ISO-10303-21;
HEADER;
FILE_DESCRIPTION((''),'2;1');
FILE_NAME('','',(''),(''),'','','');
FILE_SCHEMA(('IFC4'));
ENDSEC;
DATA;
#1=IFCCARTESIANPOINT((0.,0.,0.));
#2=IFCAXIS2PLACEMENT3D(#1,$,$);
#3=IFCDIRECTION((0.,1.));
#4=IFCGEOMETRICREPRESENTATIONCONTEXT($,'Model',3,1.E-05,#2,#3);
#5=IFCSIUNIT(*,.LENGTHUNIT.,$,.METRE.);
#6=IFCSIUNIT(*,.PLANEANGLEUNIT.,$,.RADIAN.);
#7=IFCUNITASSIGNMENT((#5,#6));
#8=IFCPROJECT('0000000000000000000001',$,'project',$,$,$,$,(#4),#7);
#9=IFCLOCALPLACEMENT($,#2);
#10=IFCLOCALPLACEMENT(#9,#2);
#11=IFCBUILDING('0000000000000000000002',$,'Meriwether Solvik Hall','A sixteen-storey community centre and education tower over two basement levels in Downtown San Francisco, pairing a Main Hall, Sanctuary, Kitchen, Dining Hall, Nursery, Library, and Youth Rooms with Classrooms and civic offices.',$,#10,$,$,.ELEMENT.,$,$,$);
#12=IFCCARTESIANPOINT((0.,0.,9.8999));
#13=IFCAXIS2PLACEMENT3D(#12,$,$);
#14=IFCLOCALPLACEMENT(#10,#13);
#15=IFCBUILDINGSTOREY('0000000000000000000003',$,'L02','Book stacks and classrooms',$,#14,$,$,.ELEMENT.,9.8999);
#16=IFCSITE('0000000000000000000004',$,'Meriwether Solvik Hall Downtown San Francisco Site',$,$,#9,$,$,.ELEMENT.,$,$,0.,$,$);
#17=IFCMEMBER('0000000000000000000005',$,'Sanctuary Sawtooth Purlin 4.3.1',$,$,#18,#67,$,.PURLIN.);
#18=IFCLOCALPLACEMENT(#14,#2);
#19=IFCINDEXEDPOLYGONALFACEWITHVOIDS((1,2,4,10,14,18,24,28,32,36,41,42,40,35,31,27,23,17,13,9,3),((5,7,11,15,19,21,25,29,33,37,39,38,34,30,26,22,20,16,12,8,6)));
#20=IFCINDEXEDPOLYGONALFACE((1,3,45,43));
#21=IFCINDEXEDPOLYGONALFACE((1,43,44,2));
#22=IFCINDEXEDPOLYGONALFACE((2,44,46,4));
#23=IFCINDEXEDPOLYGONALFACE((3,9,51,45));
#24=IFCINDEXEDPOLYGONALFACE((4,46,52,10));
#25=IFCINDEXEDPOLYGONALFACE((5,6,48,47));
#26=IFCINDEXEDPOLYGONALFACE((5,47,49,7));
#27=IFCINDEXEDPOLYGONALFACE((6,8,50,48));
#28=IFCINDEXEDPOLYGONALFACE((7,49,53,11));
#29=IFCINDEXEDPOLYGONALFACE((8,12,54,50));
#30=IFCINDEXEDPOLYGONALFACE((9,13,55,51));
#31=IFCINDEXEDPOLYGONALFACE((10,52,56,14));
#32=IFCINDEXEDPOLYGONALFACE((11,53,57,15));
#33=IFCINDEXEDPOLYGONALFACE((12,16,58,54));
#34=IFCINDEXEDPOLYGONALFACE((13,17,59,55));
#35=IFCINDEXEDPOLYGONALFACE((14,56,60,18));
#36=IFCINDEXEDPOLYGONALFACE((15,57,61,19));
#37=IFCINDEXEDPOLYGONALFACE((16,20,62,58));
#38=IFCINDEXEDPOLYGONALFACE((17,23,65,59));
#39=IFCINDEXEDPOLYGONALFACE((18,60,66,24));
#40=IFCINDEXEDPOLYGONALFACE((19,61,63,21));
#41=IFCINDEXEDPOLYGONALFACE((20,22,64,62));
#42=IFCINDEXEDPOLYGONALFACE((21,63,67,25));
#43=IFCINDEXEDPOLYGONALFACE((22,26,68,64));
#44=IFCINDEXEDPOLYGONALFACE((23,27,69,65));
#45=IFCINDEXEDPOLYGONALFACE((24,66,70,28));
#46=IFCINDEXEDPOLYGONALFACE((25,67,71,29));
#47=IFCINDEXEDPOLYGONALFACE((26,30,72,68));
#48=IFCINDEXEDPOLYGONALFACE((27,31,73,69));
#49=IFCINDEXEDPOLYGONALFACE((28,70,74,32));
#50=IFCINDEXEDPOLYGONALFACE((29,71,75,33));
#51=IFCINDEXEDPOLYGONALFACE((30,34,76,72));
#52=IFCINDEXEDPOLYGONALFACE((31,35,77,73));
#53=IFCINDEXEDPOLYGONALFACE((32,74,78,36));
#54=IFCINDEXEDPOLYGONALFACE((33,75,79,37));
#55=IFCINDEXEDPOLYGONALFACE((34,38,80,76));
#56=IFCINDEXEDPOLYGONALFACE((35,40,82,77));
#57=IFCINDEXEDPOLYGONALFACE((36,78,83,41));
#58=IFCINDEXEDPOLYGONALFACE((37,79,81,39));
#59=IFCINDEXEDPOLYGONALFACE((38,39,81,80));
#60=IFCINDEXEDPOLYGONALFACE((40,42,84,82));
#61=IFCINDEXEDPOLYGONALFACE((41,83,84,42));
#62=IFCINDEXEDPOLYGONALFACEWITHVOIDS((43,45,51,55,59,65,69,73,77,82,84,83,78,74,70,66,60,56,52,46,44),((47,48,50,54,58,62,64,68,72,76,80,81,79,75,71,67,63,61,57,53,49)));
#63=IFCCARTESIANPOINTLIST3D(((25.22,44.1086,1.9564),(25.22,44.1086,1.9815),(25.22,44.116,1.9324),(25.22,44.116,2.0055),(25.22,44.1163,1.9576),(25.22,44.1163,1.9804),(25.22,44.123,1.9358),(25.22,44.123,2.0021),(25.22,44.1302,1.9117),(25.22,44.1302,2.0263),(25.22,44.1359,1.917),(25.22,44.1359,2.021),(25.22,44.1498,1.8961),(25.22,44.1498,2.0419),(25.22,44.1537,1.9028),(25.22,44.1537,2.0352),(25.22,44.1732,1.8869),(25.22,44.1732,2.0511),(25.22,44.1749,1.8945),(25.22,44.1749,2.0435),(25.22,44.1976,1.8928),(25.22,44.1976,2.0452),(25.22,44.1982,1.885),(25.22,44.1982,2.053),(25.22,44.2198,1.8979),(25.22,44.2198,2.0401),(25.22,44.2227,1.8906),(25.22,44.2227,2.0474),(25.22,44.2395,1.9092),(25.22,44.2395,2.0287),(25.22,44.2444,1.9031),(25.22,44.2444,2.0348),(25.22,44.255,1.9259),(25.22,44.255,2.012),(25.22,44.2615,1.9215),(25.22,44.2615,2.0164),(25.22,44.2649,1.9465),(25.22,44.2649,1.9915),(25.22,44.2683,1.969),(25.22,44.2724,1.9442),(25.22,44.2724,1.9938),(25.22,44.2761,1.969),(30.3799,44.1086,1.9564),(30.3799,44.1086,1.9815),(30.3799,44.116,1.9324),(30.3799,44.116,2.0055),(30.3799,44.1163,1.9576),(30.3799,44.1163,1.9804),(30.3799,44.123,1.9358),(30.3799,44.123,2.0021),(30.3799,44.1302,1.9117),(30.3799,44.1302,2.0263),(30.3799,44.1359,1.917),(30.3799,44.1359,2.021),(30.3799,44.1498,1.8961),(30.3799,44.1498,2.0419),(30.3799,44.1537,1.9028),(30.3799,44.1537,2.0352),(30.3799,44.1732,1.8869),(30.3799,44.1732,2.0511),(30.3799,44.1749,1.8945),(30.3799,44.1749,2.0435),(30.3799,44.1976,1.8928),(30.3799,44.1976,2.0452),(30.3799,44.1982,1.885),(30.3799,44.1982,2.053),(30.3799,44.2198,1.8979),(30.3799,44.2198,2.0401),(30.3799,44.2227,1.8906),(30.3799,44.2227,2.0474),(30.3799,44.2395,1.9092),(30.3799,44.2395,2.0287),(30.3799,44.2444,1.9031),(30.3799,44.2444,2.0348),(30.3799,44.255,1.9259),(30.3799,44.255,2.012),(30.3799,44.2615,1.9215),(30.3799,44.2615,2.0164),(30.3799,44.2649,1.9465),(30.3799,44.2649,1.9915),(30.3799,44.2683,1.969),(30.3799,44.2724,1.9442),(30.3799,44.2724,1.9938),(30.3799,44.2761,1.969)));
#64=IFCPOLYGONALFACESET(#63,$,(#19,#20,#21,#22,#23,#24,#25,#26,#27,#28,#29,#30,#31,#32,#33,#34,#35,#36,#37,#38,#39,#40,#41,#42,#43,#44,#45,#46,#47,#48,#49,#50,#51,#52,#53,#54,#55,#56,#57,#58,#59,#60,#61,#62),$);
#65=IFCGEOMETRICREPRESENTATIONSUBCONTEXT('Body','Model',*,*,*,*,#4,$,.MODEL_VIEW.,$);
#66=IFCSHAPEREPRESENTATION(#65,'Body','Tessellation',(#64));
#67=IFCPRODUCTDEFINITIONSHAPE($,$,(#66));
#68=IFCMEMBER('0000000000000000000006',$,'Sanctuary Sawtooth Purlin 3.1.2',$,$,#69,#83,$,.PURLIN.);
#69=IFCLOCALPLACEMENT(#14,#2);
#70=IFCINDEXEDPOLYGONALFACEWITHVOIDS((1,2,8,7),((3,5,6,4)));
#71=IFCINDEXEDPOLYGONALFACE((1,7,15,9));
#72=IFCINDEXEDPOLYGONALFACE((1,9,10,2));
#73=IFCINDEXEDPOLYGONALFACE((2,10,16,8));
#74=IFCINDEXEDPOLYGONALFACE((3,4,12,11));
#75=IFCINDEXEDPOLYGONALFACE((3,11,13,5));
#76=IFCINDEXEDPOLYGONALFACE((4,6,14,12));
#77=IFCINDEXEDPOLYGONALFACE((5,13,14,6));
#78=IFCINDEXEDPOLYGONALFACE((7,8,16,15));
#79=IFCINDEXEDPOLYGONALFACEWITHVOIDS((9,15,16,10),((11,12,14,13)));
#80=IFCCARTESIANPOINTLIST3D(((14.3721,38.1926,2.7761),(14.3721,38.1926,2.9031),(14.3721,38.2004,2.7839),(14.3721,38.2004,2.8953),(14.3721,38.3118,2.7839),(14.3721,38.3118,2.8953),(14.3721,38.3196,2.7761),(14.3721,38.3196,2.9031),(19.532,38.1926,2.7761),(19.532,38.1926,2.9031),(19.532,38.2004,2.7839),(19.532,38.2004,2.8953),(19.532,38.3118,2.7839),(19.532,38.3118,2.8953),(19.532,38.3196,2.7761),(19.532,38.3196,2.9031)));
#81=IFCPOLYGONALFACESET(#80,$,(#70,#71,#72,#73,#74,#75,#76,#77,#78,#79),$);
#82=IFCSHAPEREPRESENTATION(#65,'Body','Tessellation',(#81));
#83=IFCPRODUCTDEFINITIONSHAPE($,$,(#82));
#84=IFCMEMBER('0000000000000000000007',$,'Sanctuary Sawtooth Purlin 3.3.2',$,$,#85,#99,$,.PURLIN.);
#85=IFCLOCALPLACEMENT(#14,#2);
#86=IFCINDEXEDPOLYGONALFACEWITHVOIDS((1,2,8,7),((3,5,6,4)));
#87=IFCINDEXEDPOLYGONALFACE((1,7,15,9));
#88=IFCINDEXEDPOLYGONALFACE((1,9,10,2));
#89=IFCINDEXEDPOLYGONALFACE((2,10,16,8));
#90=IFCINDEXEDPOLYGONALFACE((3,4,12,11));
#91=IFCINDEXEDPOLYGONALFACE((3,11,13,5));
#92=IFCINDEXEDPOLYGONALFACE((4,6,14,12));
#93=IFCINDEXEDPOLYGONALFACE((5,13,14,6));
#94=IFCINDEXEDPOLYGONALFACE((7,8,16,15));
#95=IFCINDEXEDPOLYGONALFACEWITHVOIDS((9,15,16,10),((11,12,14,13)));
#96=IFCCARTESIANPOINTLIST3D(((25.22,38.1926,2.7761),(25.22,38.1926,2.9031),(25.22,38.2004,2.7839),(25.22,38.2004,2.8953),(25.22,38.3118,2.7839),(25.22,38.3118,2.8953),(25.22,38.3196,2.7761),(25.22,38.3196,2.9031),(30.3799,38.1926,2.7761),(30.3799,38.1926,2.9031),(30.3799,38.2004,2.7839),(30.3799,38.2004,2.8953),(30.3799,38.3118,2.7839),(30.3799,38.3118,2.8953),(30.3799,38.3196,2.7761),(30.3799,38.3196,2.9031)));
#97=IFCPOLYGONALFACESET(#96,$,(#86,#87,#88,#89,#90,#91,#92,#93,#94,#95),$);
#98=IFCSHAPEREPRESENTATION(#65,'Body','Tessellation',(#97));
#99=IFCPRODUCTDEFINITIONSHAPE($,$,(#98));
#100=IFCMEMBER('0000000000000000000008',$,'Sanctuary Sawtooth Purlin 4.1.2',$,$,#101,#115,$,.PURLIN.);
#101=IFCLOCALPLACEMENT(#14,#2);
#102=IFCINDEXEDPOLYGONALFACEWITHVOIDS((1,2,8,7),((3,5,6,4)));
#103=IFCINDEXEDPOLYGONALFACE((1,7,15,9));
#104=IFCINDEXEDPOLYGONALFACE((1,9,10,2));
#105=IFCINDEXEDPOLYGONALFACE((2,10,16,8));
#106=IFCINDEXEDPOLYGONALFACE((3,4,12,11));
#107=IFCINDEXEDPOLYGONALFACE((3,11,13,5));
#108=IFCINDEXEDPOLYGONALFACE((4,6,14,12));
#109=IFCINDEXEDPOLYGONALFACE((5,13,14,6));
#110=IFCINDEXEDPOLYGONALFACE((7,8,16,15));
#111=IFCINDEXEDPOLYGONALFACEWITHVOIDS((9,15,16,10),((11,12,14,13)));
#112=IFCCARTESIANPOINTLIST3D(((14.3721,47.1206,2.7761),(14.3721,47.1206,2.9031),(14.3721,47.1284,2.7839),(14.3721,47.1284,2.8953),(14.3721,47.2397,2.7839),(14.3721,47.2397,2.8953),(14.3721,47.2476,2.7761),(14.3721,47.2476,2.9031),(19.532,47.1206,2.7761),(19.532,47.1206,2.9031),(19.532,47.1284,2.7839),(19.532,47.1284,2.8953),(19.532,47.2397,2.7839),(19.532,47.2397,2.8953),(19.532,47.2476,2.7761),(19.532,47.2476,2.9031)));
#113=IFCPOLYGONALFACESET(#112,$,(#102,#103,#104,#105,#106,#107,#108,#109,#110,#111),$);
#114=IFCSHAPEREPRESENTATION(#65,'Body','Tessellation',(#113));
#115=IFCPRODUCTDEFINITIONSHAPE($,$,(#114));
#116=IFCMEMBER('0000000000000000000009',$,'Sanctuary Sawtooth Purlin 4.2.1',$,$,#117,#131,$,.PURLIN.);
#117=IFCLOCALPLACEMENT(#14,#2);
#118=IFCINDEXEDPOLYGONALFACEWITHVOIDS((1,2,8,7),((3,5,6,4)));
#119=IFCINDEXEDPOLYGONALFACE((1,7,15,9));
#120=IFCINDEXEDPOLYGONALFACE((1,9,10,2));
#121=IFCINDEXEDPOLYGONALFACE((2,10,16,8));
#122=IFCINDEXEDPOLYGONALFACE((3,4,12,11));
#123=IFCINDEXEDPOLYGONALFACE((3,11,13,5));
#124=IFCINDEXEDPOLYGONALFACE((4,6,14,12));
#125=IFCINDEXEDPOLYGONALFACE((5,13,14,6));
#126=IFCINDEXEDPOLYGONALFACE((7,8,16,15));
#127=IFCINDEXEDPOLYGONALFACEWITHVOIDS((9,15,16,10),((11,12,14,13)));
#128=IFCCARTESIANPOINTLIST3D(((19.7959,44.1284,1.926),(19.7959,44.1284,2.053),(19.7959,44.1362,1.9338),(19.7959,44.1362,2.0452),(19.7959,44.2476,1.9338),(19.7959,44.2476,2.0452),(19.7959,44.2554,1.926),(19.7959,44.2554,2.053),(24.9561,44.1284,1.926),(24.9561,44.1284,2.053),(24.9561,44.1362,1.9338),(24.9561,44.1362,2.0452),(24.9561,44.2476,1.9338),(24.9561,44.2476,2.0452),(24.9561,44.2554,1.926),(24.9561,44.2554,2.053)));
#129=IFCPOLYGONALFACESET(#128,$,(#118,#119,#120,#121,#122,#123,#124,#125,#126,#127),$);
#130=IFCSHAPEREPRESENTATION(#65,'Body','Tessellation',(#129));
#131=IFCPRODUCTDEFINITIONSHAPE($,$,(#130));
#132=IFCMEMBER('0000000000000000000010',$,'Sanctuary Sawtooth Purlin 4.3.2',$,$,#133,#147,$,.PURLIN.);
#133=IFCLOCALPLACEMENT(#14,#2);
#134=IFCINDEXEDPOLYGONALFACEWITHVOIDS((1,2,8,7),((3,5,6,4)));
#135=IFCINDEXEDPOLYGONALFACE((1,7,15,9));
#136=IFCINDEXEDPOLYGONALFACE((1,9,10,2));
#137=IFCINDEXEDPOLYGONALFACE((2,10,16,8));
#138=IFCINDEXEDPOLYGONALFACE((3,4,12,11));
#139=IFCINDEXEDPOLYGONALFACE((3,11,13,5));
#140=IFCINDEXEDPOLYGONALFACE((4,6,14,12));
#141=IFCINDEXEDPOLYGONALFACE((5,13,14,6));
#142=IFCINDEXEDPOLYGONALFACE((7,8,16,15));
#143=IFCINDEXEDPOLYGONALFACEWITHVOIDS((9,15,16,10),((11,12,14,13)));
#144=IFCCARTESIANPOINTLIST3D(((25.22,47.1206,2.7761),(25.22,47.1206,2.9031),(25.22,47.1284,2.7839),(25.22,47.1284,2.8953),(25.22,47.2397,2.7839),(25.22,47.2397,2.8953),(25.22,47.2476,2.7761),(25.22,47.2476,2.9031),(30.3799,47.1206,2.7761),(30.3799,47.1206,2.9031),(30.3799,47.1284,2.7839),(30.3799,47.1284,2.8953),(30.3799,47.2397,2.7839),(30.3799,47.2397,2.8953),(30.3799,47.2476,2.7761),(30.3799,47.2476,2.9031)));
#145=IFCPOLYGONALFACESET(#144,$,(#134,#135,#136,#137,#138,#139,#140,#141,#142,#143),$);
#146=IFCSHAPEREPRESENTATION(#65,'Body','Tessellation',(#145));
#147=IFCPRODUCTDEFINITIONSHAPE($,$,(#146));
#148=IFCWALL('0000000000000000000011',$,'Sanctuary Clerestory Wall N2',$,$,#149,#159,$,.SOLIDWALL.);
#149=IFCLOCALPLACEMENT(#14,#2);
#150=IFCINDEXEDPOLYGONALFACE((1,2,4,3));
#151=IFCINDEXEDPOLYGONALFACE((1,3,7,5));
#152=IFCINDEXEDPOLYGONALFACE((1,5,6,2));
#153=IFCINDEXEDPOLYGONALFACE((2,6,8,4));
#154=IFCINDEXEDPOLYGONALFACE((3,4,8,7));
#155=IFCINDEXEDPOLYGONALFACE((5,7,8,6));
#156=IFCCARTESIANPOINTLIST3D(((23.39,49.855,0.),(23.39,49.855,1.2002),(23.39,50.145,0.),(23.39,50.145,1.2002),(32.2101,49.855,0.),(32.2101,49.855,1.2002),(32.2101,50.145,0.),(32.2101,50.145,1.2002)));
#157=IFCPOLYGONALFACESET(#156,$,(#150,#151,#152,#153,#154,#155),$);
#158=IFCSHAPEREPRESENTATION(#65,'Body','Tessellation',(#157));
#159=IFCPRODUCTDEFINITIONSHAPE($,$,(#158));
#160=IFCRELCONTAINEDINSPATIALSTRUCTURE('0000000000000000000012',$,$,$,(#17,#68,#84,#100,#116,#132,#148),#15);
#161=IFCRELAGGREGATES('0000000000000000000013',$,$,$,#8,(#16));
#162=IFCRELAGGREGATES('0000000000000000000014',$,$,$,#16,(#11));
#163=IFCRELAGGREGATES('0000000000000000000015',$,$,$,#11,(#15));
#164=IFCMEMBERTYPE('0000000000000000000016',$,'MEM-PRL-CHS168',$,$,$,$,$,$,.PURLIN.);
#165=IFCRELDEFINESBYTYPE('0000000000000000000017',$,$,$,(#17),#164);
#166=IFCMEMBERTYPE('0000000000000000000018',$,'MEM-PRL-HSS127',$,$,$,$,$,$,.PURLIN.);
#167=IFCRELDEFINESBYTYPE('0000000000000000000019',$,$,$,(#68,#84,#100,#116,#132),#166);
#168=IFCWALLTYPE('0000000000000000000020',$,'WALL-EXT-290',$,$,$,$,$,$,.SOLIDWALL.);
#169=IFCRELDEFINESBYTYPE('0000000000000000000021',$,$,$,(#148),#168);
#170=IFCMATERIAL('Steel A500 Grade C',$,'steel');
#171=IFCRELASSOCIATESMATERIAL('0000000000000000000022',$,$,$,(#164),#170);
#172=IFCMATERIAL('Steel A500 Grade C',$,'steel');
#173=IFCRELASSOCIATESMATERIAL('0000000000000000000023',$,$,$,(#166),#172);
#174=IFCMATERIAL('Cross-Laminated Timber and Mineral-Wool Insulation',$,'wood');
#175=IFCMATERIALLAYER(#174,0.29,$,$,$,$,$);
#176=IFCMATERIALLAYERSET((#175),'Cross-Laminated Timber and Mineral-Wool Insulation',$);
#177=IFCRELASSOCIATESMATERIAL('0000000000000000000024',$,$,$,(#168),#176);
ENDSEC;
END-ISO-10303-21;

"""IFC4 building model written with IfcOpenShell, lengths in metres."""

from ifc_helpers import new_model, si_unit, direction, frame, frame_2d, origin, origin_2d, place, context, subcontext, project, spatial, rectangle, hollow_rectangle, hollow_circle, extrude, material, layer, layer_set, material_profile, profile_set, type_object, element, save


model = new_model("IFC4")

# Units and contexts
model_context = context("Model", 3, precision=1e-05, world=origin(), true_north=direction((0.0, 1.0)))
body_context = subcontext(model_context, "Body", "Model", "MODEL_VIEW")
ifc_project = project(units=[si_unit("LENGTHUNIT", "METRE"), si_unit("PLANEANGLEUNIT", "RADIAN")], contexts=[model_context])

# Site, building, storey
site_placement = place(None, origin())
site = spatial("IfcSite", under=ifc_project, at=site_placement, Name="Meriwether Solvik Hall Downtown San Francisco Site", CompositionType="ELEMENT", RefElevation=0.0)
building_placement = place(site_placement, origin())
building = spatial("IfcBuilding", under=site, at=building_placement, Name="Meriwether Solvik Hall", Description="A sixteen-storey community centre and education tower over two basement levels in Downtown San Francisco, pairing a Main Hall, Sanctuary, Kitchen, Dining Hall, Nursery, Library, and Youth Rooms with Classrooms and civic offices.", CompositionType="ELEMENT")
storey_placement = place(building_placement, frame((0.0, 0.0, 9.8999)))
storey = spatial("IfcBuildingStorey", under=building, at=storey_placement, Name="L02", Description="Book stacks and classrooms", CompositionType="ELEMENT", Elevation=9.8999)

# Members
ifc_material_1 = material(Name="Steel A500 Grade C", Category="steel")
ifc_material_profile_1 = material_profile(ifc_material_1, hollow_circle(Radius=0.0842, WallThickness=0.0078, at=origin_2d()), Name="CHS168X7.9")
ifc_profile_set_1 = profile_set([ifc_material_profile_1], Name="Steel A500 Grade C")
member_type_1 = type_object("IfcMemberType", Name="MEM-PRL-CHS168", PredefinedType="PURLIN", material=ifc_profile_set_1)
member_1_placement = place(storey_placement, frame((25.22, 44.1919, 1.969), z_axis=(1.0, 0.0, 0.0), x_axis=(0.0, 1.0, 0.0)))
element("IfcMember", 1, at=member_1_placement, inside=storey, type_object=member_type_1, Name="Sanctuary Sawtooth Purlin 4.3.1", PredefinedType="PURLIN", context=body_context, shape_type="SweptSolid", body=[
    extrude(hollow_circle(Radius=0.0842, WallThickness=0.0078, at=origin_2d()), origin(), (0.0, 0.0, 1.0), 5.1599),
])
ifc_material_2 = material(Name="Steel A500 Grade C", Category="steel")
ifc_material_profile_2 = material_profile(ifc_material_2, hollow_rectangle(XDim=0.127, YDim=0.127, WallThickness=0.0078, at=origin_2d()), Name="HSS127X127X7.9")
ifc_profile_set_2 = profile_set([ifc_material_profile_2], Name="Steel A500 Grade C")
member_type_2 = type_object("IfcMemberType", Name="MEM-PRL-HSS127", PredefinedType="PURLIN", material=ifc_profile_set_2)
for number, where, z_axis, x_axis, name in (
    (2, (14.3721, 38.2561, 2.8396), (1.0, 0.0, 0.0), (0.0, 1.0, 0.0), "Sanctuary Sawtooth Purlin 3.1.2"),
    (3, (25.22, 38.2561, 2.8396), (1.0, 0.0, 0.0), (0.0, 1.0, 0.0), "Sanctuary Sawtooth Purlin 3.3.2"),
    (4, (14.3721, 47.1841, 2.8396), (1.0, 0.0, 0.0), (0.0, 1.0, 0.0), "Sanctuary Sawtooth Purlin 4.1.2"),
):
    element("IfcMember", number, at=place(storey_placement, frame(where, z_axis=z_axis, x_axis=x_axis)), inside=storey, type_object=member_type_2, Name=name, PredefinedType="PURLIN", context=body_context, shape_type="SweptSolid", body=[
        extrude(hollow_rectangle(XDim=0.127, YDim=0.127, WallThickness=0.0078, at=origin_2d()), origin(), (0.0, 0.0, 1.0), 5.1599),
    ])
member_2_placement = place(storey_placement, frame((19.7959, 44.1919, 1.9895), z_axis=(1.0, 0.0, 0.0), x_axis=(0.0, 1.0, 0.0)))
element("IfcMember", 5, at=member_2_placement, inside=storey, type_object=member_type_2, Name="Sanctuary Sawtooth Purlin 4.2.1", PredefinedType="PURLIN", context=body_context, shape_type="SweptSolid", body=[
    extrude(hollow_rectangle(XDim=0.127, YDim=0.127, WallThickness=0.0078, at=origin_2d()), origin(), (0.0, 0.0, 1.0), 5.1602),
])
member_3_placement = place(storey_placement, frame((25.22, 47.1841, 2.8396), z_axis=(1.0, 0.0, 0.0), x_axis=(0.0, 1.0, 0.0)))
element("IfcMember", 6, at=member_3_placement, inside=storey, type_object=member_type_2, Name="Sanctuary Sawtooth Purlin 4.3.2", PredefinedType="PURLIN", context=body_context, shape_type="SweptSolid", body=[
    extrude(hollow_rectangle(XDim=0.127, YDim=0.127, WallThickness=0.0078, at=origin_2d()), origin(), (0.0, 0.0, 1.0), 5.1599),
])

# Wall
ifc_material_3 = material(Name="Cross-Laminated Timber and Mineral-Wool Insulation", Category="wood")
ifc_layer = layer(ifc_material_3, 0.29)
ifc_layer_set = layer_set([ifc_layer], Name="Cross-Laminated Timber and Mineral-Wool Insulation")
wall_type = type_object("IfcWallType", Name="WALL-EXT-290", PredefinedType="SOLIDWALL", material=ifc_layer_set)
wall_placement = place(storey_placement, frame((23.3899, 50.0, 0.0), z_axis=(0.0, 0.0, 1.0), x_axis=(1.0, 0.0, 0.0)))
element("IfcWall", 7, at=wall_placement, inside=storey, type_object=wall_type, Name="Sanctuary Clerestory Wall N2", PredefinedType="SOLIDWALL", context=body_context, shape_type="SweptSolid", body=[
    extrude(rectangle(XDim=8.8201, YDim=0.29, at=frame_2d((4.4102, 0.0))), origin(), (0.0, 0.0, 1.0), 1.2002),
])

save(model, "model.ifc")
